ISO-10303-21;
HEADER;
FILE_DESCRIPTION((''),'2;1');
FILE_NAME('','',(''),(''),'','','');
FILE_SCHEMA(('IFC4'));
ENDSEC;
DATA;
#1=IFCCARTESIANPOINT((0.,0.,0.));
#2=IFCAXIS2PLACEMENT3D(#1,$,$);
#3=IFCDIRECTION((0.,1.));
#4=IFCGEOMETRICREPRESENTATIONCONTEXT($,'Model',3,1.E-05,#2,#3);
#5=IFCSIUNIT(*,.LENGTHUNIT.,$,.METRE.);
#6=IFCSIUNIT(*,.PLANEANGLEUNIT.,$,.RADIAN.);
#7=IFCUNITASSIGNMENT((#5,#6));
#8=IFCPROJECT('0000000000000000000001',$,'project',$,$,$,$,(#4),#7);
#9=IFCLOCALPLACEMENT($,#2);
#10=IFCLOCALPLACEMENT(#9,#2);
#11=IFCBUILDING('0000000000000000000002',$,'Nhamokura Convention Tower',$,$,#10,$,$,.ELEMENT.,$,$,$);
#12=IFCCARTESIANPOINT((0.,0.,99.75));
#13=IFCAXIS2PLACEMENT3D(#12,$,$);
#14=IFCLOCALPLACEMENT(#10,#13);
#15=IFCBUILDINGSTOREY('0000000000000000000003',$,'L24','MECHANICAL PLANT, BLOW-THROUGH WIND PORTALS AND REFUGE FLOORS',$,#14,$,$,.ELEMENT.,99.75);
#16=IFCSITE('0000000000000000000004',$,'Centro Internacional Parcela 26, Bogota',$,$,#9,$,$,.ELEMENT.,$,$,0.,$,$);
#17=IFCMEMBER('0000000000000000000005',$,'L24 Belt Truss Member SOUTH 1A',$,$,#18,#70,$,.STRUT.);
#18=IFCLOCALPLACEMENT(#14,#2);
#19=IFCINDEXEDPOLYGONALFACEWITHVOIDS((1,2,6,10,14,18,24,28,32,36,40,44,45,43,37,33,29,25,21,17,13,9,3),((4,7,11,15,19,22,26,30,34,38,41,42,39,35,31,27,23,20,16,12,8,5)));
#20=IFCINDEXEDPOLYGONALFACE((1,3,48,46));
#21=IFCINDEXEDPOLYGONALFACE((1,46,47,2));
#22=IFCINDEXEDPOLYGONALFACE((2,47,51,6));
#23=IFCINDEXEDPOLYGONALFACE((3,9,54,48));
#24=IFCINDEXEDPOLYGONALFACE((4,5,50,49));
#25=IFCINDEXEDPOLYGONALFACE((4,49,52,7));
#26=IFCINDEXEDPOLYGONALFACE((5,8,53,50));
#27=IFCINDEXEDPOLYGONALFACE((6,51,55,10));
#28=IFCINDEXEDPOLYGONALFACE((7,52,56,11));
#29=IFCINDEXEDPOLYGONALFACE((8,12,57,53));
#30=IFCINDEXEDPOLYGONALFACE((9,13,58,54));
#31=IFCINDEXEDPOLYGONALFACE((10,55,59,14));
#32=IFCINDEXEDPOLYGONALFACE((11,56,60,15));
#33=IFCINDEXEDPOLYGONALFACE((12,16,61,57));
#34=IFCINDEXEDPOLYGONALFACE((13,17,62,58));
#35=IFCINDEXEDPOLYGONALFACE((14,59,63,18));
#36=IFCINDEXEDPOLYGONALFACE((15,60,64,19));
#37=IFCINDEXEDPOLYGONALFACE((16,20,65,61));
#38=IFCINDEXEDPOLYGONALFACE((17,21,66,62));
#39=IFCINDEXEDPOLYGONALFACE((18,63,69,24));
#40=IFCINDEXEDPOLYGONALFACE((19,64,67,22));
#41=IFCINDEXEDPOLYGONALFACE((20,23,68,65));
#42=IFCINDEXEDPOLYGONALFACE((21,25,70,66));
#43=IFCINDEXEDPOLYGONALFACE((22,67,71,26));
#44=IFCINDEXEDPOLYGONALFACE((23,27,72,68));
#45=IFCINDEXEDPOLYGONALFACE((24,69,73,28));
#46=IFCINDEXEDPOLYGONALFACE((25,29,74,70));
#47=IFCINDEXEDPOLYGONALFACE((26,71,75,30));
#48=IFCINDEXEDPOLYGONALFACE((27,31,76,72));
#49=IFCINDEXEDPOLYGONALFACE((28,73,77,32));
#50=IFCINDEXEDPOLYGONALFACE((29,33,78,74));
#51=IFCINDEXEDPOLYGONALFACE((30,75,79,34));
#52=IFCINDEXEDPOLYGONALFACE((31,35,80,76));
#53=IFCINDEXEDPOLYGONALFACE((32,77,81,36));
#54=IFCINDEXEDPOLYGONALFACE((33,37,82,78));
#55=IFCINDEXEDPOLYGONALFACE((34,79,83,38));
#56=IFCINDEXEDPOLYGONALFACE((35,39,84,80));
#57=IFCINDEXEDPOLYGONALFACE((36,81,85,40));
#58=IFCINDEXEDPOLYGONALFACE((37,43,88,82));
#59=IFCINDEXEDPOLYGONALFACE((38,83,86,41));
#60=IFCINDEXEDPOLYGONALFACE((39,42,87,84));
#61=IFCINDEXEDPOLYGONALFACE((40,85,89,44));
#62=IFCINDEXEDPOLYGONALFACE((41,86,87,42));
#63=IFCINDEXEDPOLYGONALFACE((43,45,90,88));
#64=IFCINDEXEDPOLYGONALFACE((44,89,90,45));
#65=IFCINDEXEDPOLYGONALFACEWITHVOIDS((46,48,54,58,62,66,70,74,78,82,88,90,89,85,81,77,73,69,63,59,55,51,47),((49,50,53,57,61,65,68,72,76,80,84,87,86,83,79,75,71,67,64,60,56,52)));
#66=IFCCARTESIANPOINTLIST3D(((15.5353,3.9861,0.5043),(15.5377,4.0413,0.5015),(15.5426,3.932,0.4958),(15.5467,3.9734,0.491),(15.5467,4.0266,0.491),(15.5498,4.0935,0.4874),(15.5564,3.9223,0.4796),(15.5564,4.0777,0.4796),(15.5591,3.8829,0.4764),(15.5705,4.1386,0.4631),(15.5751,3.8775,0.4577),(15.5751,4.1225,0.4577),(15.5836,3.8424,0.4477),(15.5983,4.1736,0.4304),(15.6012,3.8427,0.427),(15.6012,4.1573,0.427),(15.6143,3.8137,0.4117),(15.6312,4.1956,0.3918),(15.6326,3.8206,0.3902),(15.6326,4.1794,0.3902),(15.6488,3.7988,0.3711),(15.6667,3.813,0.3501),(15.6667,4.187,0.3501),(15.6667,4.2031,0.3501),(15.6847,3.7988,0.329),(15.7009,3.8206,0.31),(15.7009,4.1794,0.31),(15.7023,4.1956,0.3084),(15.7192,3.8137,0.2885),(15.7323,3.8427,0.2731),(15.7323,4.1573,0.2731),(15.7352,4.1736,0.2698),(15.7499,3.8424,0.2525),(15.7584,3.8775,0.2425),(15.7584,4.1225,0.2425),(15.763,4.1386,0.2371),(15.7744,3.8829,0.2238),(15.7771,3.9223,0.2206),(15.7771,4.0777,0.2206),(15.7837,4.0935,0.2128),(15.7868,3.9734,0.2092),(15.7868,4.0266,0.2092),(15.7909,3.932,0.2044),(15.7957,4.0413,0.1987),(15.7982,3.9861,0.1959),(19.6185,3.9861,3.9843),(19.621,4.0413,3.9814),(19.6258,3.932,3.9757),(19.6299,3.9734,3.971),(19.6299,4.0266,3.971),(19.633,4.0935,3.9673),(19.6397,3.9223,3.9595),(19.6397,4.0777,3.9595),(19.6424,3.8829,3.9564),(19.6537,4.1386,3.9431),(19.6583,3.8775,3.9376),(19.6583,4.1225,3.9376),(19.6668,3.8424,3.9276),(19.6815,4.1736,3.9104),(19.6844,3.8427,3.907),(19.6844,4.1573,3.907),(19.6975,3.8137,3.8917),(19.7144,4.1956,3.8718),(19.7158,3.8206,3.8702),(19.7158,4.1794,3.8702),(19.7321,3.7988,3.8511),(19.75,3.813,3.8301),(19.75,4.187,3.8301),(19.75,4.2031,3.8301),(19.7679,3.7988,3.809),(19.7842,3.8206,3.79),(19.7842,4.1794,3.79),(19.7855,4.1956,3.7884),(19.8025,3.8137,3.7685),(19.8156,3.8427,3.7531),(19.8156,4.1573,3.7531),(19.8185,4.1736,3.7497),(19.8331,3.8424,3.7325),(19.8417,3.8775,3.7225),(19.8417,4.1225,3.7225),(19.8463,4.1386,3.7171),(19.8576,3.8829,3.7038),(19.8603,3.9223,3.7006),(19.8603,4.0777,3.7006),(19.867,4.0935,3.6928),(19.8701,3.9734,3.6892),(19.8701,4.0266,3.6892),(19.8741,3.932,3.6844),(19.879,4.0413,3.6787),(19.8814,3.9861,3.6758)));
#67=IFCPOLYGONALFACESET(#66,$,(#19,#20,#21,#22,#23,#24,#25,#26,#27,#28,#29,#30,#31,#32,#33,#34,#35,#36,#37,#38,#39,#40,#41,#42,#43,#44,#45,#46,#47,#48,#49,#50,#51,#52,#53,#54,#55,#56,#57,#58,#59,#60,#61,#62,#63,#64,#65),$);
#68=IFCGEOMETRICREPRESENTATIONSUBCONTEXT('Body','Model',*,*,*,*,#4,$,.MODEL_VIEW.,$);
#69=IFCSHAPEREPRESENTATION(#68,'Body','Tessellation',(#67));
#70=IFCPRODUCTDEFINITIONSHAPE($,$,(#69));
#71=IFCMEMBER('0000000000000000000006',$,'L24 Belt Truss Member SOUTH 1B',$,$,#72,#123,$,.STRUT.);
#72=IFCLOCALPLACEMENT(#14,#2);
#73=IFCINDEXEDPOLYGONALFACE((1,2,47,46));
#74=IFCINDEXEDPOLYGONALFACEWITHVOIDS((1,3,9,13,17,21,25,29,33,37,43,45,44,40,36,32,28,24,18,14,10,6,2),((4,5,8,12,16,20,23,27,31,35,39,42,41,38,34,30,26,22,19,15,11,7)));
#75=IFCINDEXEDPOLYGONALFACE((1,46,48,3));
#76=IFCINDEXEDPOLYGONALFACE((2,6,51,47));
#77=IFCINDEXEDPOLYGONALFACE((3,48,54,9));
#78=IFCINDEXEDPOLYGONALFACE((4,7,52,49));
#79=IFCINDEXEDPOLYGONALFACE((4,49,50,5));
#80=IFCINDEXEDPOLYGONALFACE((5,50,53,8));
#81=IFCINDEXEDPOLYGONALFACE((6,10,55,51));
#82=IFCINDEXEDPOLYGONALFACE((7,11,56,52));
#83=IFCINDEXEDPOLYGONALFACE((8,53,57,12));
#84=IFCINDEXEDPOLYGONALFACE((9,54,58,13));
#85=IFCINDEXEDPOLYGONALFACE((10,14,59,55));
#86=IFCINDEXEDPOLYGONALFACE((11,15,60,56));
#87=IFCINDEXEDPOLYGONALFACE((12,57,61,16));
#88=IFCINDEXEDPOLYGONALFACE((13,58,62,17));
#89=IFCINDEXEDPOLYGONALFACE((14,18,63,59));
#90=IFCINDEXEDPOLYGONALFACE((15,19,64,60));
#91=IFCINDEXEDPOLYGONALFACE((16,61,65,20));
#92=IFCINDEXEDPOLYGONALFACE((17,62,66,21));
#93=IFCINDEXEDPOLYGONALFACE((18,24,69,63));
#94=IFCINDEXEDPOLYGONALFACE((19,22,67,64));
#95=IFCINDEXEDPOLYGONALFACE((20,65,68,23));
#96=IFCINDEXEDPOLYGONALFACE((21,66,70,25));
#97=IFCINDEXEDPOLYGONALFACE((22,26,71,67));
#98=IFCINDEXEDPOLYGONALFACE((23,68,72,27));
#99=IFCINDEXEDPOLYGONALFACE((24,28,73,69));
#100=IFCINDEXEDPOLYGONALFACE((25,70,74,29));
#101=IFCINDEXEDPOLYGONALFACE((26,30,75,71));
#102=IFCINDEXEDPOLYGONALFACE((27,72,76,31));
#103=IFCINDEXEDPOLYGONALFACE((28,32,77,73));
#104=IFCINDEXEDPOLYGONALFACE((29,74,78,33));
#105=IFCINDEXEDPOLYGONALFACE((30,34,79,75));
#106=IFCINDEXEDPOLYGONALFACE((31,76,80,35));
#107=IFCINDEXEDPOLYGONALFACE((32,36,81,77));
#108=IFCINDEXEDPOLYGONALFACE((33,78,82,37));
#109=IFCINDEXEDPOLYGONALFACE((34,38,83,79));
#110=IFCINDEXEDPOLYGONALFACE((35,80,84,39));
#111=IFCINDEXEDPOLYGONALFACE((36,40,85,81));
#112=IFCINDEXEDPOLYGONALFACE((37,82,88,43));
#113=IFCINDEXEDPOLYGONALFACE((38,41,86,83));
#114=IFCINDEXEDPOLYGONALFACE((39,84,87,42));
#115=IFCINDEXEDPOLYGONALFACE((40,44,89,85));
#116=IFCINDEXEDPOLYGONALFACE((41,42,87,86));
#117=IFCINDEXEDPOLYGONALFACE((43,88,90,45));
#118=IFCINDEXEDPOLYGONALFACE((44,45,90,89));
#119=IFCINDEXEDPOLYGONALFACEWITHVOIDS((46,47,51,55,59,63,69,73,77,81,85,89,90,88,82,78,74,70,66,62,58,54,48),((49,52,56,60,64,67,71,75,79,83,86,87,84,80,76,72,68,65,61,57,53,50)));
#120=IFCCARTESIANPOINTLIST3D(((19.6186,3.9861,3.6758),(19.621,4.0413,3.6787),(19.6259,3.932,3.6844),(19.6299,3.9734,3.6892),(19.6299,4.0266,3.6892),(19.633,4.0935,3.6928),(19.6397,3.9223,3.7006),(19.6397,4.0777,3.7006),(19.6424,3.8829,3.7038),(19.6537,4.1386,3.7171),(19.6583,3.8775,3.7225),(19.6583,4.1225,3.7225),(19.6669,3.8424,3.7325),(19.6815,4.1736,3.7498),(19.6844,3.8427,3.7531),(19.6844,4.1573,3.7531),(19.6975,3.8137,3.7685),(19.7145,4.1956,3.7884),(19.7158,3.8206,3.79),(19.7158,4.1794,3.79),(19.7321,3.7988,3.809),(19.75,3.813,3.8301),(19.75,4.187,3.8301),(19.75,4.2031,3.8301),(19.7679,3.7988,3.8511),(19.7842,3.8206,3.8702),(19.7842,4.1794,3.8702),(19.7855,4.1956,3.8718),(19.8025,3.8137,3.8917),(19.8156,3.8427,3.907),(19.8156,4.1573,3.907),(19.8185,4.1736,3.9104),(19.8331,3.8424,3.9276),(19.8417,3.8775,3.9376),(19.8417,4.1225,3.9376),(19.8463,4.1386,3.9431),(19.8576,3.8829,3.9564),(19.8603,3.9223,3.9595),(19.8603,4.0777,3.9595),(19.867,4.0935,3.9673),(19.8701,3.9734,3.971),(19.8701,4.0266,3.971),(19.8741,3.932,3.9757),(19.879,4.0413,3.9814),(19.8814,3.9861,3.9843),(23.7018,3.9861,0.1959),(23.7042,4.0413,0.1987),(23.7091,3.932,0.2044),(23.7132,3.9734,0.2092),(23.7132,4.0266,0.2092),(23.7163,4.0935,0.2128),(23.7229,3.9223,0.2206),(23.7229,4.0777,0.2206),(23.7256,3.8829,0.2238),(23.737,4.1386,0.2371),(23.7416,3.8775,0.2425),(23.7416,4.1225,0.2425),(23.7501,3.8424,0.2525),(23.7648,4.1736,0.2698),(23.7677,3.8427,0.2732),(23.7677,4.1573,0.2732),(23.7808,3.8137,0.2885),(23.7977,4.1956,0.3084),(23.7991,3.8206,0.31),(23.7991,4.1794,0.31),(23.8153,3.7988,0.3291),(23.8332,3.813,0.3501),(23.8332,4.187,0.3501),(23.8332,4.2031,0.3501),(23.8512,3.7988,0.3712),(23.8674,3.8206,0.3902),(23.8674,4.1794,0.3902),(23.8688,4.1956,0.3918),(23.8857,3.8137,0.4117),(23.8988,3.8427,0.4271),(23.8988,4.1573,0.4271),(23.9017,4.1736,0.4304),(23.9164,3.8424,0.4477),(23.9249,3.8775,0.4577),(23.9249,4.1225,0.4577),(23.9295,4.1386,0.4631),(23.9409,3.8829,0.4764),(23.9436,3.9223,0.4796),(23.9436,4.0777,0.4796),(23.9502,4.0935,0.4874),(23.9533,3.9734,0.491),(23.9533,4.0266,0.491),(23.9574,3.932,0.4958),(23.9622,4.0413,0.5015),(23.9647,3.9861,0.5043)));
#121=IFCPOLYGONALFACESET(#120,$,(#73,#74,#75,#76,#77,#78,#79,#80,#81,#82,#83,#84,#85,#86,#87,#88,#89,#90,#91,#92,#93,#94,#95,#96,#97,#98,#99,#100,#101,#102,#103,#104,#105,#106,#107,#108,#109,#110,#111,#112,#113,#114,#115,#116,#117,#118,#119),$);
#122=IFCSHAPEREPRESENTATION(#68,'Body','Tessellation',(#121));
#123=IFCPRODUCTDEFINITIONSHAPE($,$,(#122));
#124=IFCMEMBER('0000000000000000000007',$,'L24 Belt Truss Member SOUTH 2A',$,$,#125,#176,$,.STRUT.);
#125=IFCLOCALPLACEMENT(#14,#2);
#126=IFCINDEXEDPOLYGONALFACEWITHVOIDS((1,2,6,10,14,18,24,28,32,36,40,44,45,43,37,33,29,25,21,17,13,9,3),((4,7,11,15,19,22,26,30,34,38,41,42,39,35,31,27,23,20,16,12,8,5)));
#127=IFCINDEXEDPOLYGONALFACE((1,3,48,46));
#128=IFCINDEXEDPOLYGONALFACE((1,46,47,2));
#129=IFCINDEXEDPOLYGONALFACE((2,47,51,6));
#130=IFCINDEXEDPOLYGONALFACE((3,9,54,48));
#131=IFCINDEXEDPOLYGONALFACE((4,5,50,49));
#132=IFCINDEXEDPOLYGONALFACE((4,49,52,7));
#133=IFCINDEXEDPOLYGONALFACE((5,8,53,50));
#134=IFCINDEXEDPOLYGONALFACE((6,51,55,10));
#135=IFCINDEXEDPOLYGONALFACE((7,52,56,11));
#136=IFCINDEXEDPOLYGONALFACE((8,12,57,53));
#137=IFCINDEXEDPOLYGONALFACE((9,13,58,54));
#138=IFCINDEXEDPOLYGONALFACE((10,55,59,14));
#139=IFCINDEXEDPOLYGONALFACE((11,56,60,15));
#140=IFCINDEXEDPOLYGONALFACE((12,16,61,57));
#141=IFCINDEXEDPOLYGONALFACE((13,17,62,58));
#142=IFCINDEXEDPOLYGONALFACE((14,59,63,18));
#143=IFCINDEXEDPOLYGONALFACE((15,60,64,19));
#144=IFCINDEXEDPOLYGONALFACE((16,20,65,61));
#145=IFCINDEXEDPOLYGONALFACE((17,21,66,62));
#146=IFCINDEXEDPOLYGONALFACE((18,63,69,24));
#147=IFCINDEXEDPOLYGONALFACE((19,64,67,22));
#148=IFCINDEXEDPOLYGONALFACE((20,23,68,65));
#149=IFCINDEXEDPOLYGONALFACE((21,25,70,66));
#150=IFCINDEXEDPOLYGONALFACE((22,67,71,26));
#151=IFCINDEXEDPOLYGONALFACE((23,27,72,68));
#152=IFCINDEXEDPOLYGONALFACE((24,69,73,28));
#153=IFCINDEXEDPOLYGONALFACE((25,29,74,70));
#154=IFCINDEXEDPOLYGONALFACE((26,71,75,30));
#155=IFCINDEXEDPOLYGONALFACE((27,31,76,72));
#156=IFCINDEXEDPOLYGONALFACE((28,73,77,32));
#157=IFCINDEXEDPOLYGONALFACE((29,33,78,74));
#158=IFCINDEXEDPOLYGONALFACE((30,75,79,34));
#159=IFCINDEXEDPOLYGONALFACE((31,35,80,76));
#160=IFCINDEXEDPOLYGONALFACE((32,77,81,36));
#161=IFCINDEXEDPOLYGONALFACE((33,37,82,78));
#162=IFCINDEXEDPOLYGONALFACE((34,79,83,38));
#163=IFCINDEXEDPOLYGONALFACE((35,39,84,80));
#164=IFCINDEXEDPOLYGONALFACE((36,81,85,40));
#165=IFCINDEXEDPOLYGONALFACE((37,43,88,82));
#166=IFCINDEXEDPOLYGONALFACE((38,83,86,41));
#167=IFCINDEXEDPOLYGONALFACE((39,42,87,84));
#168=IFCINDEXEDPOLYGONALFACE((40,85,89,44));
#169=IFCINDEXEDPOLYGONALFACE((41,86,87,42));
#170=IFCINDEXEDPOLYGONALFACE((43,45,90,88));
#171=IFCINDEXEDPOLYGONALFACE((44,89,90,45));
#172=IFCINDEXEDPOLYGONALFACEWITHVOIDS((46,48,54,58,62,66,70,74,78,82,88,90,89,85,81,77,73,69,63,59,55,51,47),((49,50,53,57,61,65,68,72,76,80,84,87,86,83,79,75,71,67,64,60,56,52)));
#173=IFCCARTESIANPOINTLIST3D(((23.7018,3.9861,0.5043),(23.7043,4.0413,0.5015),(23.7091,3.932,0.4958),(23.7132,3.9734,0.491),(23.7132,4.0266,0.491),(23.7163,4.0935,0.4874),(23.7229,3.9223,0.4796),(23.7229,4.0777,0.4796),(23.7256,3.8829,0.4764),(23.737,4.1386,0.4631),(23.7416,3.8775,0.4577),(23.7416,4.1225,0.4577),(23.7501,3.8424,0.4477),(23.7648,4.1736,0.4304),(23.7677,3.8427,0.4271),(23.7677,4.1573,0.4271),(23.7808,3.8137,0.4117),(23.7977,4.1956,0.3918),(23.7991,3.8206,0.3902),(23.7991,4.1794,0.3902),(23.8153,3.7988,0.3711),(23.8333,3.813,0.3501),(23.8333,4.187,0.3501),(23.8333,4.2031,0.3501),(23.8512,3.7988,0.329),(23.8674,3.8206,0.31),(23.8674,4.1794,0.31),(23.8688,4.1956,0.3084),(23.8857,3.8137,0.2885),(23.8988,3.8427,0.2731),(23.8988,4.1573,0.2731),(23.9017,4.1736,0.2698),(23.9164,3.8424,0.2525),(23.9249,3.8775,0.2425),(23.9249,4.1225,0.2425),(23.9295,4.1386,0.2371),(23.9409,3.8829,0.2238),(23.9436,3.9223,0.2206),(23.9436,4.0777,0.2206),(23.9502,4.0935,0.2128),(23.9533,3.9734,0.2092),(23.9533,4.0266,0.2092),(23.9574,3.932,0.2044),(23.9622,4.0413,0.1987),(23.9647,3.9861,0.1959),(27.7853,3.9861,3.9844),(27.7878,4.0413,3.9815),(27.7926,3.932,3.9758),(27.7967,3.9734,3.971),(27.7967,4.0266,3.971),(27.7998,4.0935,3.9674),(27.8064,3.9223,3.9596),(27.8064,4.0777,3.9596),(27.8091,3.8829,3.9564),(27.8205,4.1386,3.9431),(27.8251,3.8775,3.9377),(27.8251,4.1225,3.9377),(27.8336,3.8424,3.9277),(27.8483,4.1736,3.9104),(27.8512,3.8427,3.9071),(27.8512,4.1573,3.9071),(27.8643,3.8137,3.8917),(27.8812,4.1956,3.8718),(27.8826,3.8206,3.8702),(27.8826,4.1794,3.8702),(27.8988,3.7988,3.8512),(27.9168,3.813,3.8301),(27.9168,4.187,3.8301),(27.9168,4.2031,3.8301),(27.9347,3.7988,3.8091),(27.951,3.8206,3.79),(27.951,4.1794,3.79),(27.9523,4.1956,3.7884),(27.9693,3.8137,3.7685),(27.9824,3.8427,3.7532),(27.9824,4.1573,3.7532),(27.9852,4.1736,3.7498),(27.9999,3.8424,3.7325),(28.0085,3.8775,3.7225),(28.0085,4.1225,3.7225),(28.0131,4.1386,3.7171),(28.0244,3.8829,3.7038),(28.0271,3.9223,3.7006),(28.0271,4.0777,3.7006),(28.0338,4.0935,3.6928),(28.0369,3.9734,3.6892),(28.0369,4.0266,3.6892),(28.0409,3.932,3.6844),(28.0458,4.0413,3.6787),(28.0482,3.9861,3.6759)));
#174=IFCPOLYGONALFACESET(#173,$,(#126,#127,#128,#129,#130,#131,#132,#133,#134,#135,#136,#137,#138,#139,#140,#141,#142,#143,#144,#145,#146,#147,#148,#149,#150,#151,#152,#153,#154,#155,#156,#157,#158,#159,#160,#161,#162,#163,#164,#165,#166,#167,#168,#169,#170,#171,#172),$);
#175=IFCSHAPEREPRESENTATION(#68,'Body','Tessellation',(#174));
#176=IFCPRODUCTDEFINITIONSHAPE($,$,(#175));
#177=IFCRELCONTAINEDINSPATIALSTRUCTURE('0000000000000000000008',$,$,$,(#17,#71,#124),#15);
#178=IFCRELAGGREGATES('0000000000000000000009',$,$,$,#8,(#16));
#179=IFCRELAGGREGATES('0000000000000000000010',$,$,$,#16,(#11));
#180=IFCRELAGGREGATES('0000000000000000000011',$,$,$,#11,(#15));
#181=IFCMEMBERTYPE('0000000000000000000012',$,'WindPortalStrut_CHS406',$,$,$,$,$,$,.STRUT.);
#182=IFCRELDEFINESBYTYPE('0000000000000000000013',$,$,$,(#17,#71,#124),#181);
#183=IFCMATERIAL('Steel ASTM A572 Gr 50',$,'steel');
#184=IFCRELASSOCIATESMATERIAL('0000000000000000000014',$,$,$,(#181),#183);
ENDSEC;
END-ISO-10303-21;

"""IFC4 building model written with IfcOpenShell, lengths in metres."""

from ifc_helpers import new_model, si_unit, direction, frame, origin, origin_2d, place, context, subcontext, project, spatial, hollow_circle, extrude, material, material_profile, profile_set, type_object, element, save


model = new_model("IFC4")

# Units and contexts
model_context = context("Model", 3, precision=1e-05, world=origin(), true_north=direction((0.0, 1.0)))
body_context = subcontext(model_context, "Body", "Model", "MODEL_VIEW")
ifc_project = project(units=[si_unit("LENGTHUNIT", "METRE"), si_unit("PLANEANGLEUNIT", "RADIAN")], contexts=[model_context])

# Site, building, storey
site_placement = place(None, origin())
site = spatial("IfcSite", under=ifc_project, at=site_placement, Name="Centro Internacional Parcela 26, Bogota", CompositionType="ELEMENT", RefElevation=0.0)
building_placement = place(site_placement, origin())
building = spatial("IfcBuilding", under=site, at=building_placement, Name="Nhamokura Convention Tower", CompositionType="ELEMENT")
storey_placement = place(building_placement, frame((0.0, 0.0, 99.75)))
storey = spatial("IfcBuildingStorey", under=building, at=storey_placement, Name="L24", Description="MECHANICAL PLANT, BLOW-THROUGH WIND PORTALS AND REFUGE FLOORS", CompositionType="ELEMENT", Elevation=99.75)

# Members
ifc_material_1 = material(Name="Steel ASTM A572 Gr 50", Category="steel")
ifc_material_profile_1 = material_profile(ifc_material_1, hollow_circle(Radius=0.2031, WallThickness=0.0161, at=origin_2d()))
ifc_profile_set_1 = profile_set([ifc_material_profile_1], Name="Steel ASTM A572 Gr 50")
member_type_1 = type_object("IfcMemberType", Name="WindPortalStrut_CHS406", PredefinedType="STRUT", material=ifc_profile_set_1)
for number, where, z_axis, x_axis, name in (
    (1, (15.6667, 4.0, 0.3501), (0.761091, 0.0, 0.648645), (0.0, 1.0, 0.0), "L24 Belt Truss Member SOUTH 1A"),
    (2, (19.75, 4.0, 3.8301), (0.761091, 0.0, -0.648645), (0.0, 1.0, 0.0), "L24 Belt Truss Member SOUTH 1B"),
):
    element("IfcMember", number, at=place(storey_placement, frame(where, z_axis=z_axis, x_axis=x_axis)), inside=storey, type_object=member_type_1, Name=name, PredefinedType="STRUT", context=body_context, shape_type="SweptSolid", body=[
        extrude(hollow_circle(Radius=0.2031, WallThickness=0.0161, at=origin_2d()), origin(), (0.0, 0.0, 1.0), 5.365),
    ])
member_1_placement = place(storey_placement, frame((23.8333, 4.0, 0.3501), z_axis=(0.76111, 0.0, 0.648623), x_axis=(0.0, 1.0, 0.0)))
element("IfcMember", 3, at=member_1_placement, inside=storey, type_object=member_type_1, Name="L24 Belt Truss Member SOUTH 2A", PredefinedType="STRUT", context=body_context, shape_type="SweptSolid", body=[
    extrude(hollow_circle(Radius=0.2031, WallThickness=0.0161, at=origin_2d()), origin(), (0.0, 0.0, 1.0), 5.3652),
])

save(model, "model.ifc")
